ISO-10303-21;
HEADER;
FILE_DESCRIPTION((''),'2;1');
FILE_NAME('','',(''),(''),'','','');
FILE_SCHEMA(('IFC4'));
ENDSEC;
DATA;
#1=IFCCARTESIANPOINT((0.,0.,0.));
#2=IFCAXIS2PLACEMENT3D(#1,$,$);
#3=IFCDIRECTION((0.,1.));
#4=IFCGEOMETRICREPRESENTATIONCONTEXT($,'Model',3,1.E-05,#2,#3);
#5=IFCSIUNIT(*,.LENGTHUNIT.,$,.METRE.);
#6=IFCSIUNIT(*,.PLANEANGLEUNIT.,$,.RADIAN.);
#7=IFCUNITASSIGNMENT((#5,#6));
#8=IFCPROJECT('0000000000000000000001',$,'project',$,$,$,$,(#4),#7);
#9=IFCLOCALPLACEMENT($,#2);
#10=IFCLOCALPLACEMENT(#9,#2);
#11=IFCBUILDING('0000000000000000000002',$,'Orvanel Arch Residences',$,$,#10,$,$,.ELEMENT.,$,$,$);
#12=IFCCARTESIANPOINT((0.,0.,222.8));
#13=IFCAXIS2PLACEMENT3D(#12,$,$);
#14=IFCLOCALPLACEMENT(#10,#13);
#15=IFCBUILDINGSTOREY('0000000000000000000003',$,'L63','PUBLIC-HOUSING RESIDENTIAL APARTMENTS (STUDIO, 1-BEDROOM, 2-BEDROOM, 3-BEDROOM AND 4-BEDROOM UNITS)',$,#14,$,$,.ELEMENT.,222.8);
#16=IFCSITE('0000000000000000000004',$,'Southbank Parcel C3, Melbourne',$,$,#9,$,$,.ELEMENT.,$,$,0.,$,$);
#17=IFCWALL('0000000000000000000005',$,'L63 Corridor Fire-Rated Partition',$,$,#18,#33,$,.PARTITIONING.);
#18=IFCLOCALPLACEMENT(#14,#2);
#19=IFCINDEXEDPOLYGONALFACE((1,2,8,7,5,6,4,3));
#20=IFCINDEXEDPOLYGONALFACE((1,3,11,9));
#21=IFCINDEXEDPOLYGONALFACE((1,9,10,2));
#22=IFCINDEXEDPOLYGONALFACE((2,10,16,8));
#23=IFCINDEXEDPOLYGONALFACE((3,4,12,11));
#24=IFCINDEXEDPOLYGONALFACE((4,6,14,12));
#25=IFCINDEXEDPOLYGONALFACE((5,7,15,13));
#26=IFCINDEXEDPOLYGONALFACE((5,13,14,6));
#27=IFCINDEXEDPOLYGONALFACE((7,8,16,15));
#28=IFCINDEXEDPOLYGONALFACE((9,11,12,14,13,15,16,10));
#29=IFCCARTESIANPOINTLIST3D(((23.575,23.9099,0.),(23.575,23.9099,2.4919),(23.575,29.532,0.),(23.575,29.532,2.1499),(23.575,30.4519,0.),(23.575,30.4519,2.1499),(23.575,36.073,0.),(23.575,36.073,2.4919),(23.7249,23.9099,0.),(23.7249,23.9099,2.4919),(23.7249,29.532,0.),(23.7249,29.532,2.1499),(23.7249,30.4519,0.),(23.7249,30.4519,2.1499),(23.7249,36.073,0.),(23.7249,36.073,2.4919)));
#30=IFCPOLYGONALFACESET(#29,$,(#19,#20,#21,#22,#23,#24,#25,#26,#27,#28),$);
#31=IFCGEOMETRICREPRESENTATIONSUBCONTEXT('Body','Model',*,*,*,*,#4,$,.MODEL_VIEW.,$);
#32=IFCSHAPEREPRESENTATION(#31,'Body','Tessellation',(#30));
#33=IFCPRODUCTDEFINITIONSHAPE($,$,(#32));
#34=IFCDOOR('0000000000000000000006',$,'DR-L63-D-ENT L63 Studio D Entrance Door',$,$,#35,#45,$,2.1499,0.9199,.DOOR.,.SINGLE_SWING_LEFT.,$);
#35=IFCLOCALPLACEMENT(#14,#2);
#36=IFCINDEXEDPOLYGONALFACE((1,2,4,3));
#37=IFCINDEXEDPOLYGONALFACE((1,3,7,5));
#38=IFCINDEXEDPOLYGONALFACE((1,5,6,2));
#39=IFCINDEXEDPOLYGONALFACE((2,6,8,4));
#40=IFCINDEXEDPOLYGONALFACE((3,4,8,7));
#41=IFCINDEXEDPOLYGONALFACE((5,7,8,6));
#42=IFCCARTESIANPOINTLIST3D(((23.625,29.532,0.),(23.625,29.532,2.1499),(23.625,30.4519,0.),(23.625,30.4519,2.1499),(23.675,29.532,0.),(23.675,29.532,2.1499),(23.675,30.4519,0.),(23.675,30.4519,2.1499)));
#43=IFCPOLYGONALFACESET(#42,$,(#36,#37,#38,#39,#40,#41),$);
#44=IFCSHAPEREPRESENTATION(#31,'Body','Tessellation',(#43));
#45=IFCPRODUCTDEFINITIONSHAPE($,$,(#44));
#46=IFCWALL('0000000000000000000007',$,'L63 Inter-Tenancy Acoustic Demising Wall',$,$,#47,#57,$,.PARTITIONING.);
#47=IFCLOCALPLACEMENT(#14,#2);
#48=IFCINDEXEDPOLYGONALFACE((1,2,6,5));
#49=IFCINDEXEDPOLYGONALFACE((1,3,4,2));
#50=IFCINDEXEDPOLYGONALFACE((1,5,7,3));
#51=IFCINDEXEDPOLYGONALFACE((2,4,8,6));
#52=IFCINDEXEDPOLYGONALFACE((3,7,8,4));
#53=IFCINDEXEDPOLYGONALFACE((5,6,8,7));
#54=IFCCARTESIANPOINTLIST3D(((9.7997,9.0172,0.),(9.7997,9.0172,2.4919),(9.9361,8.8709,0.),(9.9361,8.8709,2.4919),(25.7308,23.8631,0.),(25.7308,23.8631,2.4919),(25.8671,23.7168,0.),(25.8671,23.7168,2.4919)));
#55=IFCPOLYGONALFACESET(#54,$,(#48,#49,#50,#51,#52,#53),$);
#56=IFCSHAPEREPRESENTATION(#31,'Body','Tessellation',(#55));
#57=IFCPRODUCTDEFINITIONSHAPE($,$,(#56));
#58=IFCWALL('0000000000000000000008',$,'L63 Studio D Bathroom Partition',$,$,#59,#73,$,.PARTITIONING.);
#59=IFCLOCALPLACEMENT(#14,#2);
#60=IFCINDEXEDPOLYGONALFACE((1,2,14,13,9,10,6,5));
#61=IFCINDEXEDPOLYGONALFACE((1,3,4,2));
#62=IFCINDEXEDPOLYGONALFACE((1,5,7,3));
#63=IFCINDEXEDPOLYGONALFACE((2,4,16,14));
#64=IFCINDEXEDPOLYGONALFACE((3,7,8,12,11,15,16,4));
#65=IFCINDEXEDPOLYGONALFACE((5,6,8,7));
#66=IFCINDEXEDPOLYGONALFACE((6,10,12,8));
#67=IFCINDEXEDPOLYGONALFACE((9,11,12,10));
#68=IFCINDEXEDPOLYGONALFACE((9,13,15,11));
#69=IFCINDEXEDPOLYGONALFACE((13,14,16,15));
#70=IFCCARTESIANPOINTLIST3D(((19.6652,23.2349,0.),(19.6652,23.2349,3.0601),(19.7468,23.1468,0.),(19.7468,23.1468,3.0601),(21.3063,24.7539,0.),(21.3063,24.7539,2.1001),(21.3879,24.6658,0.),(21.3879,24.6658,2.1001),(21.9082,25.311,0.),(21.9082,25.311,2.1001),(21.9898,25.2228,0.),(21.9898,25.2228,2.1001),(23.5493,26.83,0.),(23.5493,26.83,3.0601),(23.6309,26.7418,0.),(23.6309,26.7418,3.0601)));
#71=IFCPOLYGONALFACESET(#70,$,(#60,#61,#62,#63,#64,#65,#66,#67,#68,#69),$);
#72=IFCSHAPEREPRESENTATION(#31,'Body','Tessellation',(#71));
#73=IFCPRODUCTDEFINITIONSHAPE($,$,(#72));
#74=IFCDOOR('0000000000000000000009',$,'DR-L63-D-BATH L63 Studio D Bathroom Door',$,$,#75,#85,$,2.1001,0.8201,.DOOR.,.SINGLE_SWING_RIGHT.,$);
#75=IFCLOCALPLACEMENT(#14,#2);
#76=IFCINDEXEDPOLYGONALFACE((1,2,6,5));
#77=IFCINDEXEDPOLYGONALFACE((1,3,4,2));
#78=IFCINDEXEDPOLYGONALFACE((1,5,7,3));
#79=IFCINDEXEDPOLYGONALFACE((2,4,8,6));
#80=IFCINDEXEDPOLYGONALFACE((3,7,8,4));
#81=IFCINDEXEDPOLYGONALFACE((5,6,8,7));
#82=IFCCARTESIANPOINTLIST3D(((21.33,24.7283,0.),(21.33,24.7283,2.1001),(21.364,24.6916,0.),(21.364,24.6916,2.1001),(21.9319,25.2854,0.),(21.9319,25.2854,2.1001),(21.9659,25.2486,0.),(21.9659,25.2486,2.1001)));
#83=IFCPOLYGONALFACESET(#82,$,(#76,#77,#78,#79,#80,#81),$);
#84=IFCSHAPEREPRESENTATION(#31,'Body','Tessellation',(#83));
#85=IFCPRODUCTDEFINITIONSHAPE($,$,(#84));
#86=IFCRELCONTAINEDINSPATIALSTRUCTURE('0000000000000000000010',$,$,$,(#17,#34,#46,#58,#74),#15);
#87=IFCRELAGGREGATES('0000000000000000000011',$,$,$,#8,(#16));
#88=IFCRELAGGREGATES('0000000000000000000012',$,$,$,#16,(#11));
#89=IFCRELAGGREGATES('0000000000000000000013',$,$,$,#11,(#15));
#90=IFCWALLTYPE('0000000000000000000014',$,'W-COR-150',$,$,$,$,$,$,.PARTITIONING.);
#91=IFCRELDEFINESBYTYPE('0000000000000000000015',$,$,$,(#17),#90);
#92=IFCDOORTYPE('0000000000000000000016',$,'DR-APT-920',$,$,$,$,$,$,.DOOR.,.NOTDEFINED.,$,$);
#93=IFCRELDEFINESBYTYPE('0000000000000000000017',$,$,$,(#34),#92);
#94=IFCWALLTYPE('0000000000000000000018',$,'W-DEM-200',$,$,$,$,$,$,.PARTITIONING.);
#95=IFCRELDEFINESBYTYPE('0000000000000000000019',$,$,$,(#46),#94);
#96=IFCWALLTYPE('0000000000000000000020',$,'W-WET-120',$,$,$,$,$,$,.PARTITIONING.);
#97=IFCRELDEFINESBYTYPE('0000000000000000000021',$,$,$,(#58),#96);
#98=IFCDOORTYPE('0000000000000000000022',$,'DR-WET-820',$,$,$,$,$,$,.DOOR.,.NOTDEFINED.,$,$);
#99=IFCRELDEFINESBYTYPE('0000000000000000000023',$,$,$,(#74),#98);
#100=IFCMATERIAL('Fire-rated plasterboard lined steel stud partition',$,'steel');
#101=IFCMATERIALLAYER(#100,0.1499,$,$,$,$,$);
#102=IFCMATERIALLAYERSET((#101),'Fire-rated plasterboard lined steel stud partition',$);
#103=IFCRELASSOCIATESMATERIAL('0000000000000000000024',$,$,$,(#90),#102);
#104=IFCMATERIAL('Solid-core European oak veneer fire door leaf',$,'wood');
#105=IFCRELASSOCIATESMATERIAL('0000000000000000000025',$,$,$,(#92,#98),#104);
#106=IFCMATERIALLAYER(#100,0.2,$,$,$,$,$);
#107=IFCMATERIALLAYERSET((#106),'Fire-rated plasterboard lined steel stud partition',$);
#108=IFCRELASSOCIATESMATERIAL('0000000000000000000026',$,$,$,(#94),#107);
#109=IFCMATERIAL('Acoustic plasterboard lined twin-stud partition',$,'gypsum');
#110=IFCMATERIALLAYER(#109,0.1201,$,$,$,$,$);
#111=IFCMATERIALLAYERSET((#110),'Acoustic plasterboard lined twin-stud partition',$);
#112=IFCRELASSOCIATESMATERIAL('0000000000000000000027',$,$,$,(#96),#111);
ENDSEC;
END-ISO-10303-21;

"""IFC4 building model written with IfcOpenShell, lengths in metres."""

from ifc_helpers import new_model, si_unit, direction, frame, frame_2d, origin, place, context, subcontext, project, spatial, rectangle, extrude, material, layer, layer_set, type_object, element, fill, save


model = new_model("IFC4")

# Units and contexts
model_context = context("Model", 3, precision=1e-05, world=origin(), true_north=direction((0.0, 1.0)))
body_context = subcontext(model_context, "Body", "Model", "MODEL_VIEW")
ifc_project = project(units=[si_unit("LENGTHUNIT", "METRE"), si_unit("PLANEANGLEUNIT", "RADIAN")], contexts=[model_context])

# Site, building, storey
site_placement = place(None, origin())
site = spatial("IfcSite", under=ifc_project, at=site_placement, Name="Southbank Parcel C3, Melbourne", CompositionType="ELEMENT", RefElevation=0.0)
building_placement = place(site_placement, origin())
building = spatial("IfcBuilding", under=site, at=building_placement, Name="Orvanel Arch Residences", CompositionType="ELEMENT")
storey_placement = place(building_placement, frame((0.0, 0.0, 222.8)))
storey = spatial("IfcBuildingStorey", under=building, at=storey_placement, Name="L63", Description="PUBLIC-HOUSING RESIDENTIAL APARTMENTS (STUDIO, 1-BEDROOM, 2-BEDROOM, 3-BEDROOM AND 4-BEDROOM UNITS)", CompositionType="ELEMENT", Elevation=222.8)

# Wall, opening, door
ifc_material_1 = material(Name="Fire-rated plasterboard lined steel stud partition", Category="steel")
ifc_layer_1 = layer(ifc_material_1, 0.1499)
ifc_layer_set_1 = layer_set([ifc_layer_1], Name="Fire-rated plasterboard lined steel stud partition")
wall_type_1 = type_object("IfcWallType", Name="W-COR-150", PredefinedType="PARTITIONING", material=ifc_layer_set_1)
wall_1_placement = place(storey_placement, frame((23.6499, 23.9099, 0.0), z_axis=(0.0, 0.0, 1.0), x_axis=(0.0, 1.0, 0.0)))
wall_1 = element("IfcWall", 1, at=wall_1_placement, inside=storey, type_object=wall_type_1, Name="L63 Corridor Fire-Rated Partition", PredefinedType="PARTITIONING", context=body_context, shape_type="SweptSolid", body=[
    extrude(rectangle(XDim=12.1631, YDim=0.1499, at=frame_2d((6.0815, 0.0))), origin(), (0.0, 0.0, 1.0), 2.4919),
])
opening_1_placement = place(wall_1_placement, frame((5.6221, 0.0, 0.0)))
opening_1 = element("IfcOpeningElement", 2, at=opening_1_placement, cuts=wall_1, PredefinedType="OPENING", context=body_context, shape_type="SweptSolid", body=[
    extrude(rectangle(XDim=0.9199, YDim=2.1499, at=frame_2d((0.46, 1.075))), frame((0.0, 0.085, 0.0), z_axis=(0.0, -1.0, 0.0), x_axis=(1.0, 0.0, 0.0)), (0.0, 0.0, 1.0), 0.1699),
])
ifc_material_2 = material(Name="Solid-core European oak veneer fire door leaf", Category="wood")
door_type_1 = type_object("IfcDoorType", Name="DR-APT-920", OperationType="NOTDEFINED", PredefinedType="DOOR", material=ifc_material_2)
door_1_placement = place(opening_1_placement, origin())
door_1 = element("IfcDoor", 3, at=door_1_placement, inside=storey, type_object=door_type_1, Name="DR-L63-D-ENT L63 Studio D Entrance Door", OperationType="SINGLE_SWING_LEFT", OverallHeight=2.1499, OverallWidth=0.9199, PredefinedType="DOOR", context=body_context, shape_type="SweptSolid", body=[
    extrude(rectangle(XDim=0.9199, YDim=2.1499, at=frame_2d((0.46, 1.075))), frame((0.0, 0.0249, 0.0), z_axis=(0.0, -1.0, 0.0), x_axis=(1.0, 0.0, 0.0)), (0.0, 0.0, 1.0), 0.05),
])
fill(opening_1, door_1)

# Wall
ifc_layer_2 = layer(ifc_material_1, 0.2)
ifc_layer_set_2 = layer_set([ifc_layer_2], Name="Fire-rated plasterboard lined steel stud partition")
wall_type_2 = type_object("IfcWallType", Name="W-DEM-200", PredefinedType="PARTITIONING", material=ifc_layer_set_2)
wall_2_placement = place(storey_placement, frame((25.7991, 23.79, 0.0), z_axis=(0.0, 0.0, 1.0), x_axis=(-0.731585, -0.68175, 0.0)))
element("IfcWall", 4, at=wall_2_placement, inside=storey, type_object=wall_type_2, Name="L63 Inter-Tenancy Acoustic Demising Wall", PredefinedType="PARTITIONING", context=body_context, shape_type="SweptSolid", body=[
    extrude(rectangle(XDim=21.7761, YDim=0.2, at=frame_2d((10.8882, 0.0))), origin(), (0.0, 0.0, 1.0), 2.4919),
])

# Wall, opening, door
ifc_material_3 = material(Name="Acoustic plasterboard lined twin-stud partition", Category="gypsum")
ifc_layer_3 = layer(ifc_material_3, 0.1201)
ifc_layer_set_3 = layer_set([ifc_layer_3], Name="Acoustic plasterboard lined twin-stud partition")
wall_type_3 = type_object("IfcWallType", Name="W-WET-120", PredefinedType="PARTITIONING", material=ifc_layer_set_3)
wall_3_placement = place(storey_placement, frame((23.5901, 26.7859, 0.0), z_axis=(0.0, 0.0, 1.0), x_axis=(-0.733888, -0.67927, 0.0)))
wall_3 = element("IfcWall", 5, at=wall_3_placement, inside=storey, type_object=wall_type_3, Name="L63 Studio D Bathroom Partition", PredefinedType="PARTITIONING", context=body_context, shape_type="SweptSolid", body=[
    extrude(rectangle(XDim=5.2925, YDim=0.1201, at=frame_2d((2.6462, 0.0))), origin(), (0.0, 0.0, 1.0), 3.0601),
])
opening_2_placement = place(wall_3_placement, frame((2.2361, 0.0, 0.0)))
opening_2 = element("IfcOpeningElement", 6, at=opening_2_placement, cuts=wall_3, PredefinedType="OPENING", context=body_context, shape_type="SweptSolid", body=[
    extrude(rectangle(XDim=0.8201, YDim=2.1001, at=frame_2d((0.4102, 1.05))), frame((0.0, 0.0701, 0.0), z_axis=(0.0, -1.0, 0.0), x_axis=(1.0, 0.0, 0.0)), (0.0, 0.0, 1.0), 0.1401),
])
door_type_2 = type_object("IfcDoorType", Name="DR-WET-820", OperationType="NOTDEFINED", PredefinedType="DOOR", material=ifc_material_2)
door_2_placement = place(opening_2_placement, origin())
door_2 = element("IfcDoor", 7, at=door_2_placement, inside=storey, type_object=door_type_2, Name="DR-L63-D-BATH L63 Studio D Bathroom Door", OperationType="SINGLE_SWING_RIGHT", OverallHeight=2.1001, OverallWidth=0.8201, PredefinedType="DOOR", context=body_context, shape_type="SweptSolid", body=[
    extrude(rectangle(XDim=0.8201, YDim=2.1001, at=frame_2d((0.4102, 1.05))), frame((0.0, 0.0249, 0.0), z_axis=(0.0, -1.0, 0.0), x_axis=(1.0, 0.0, 0.0)), (0.0, 0.0, 1.0), 0.05),
])
fill(opening_2, door_2)

save(model, "model.ifc")
